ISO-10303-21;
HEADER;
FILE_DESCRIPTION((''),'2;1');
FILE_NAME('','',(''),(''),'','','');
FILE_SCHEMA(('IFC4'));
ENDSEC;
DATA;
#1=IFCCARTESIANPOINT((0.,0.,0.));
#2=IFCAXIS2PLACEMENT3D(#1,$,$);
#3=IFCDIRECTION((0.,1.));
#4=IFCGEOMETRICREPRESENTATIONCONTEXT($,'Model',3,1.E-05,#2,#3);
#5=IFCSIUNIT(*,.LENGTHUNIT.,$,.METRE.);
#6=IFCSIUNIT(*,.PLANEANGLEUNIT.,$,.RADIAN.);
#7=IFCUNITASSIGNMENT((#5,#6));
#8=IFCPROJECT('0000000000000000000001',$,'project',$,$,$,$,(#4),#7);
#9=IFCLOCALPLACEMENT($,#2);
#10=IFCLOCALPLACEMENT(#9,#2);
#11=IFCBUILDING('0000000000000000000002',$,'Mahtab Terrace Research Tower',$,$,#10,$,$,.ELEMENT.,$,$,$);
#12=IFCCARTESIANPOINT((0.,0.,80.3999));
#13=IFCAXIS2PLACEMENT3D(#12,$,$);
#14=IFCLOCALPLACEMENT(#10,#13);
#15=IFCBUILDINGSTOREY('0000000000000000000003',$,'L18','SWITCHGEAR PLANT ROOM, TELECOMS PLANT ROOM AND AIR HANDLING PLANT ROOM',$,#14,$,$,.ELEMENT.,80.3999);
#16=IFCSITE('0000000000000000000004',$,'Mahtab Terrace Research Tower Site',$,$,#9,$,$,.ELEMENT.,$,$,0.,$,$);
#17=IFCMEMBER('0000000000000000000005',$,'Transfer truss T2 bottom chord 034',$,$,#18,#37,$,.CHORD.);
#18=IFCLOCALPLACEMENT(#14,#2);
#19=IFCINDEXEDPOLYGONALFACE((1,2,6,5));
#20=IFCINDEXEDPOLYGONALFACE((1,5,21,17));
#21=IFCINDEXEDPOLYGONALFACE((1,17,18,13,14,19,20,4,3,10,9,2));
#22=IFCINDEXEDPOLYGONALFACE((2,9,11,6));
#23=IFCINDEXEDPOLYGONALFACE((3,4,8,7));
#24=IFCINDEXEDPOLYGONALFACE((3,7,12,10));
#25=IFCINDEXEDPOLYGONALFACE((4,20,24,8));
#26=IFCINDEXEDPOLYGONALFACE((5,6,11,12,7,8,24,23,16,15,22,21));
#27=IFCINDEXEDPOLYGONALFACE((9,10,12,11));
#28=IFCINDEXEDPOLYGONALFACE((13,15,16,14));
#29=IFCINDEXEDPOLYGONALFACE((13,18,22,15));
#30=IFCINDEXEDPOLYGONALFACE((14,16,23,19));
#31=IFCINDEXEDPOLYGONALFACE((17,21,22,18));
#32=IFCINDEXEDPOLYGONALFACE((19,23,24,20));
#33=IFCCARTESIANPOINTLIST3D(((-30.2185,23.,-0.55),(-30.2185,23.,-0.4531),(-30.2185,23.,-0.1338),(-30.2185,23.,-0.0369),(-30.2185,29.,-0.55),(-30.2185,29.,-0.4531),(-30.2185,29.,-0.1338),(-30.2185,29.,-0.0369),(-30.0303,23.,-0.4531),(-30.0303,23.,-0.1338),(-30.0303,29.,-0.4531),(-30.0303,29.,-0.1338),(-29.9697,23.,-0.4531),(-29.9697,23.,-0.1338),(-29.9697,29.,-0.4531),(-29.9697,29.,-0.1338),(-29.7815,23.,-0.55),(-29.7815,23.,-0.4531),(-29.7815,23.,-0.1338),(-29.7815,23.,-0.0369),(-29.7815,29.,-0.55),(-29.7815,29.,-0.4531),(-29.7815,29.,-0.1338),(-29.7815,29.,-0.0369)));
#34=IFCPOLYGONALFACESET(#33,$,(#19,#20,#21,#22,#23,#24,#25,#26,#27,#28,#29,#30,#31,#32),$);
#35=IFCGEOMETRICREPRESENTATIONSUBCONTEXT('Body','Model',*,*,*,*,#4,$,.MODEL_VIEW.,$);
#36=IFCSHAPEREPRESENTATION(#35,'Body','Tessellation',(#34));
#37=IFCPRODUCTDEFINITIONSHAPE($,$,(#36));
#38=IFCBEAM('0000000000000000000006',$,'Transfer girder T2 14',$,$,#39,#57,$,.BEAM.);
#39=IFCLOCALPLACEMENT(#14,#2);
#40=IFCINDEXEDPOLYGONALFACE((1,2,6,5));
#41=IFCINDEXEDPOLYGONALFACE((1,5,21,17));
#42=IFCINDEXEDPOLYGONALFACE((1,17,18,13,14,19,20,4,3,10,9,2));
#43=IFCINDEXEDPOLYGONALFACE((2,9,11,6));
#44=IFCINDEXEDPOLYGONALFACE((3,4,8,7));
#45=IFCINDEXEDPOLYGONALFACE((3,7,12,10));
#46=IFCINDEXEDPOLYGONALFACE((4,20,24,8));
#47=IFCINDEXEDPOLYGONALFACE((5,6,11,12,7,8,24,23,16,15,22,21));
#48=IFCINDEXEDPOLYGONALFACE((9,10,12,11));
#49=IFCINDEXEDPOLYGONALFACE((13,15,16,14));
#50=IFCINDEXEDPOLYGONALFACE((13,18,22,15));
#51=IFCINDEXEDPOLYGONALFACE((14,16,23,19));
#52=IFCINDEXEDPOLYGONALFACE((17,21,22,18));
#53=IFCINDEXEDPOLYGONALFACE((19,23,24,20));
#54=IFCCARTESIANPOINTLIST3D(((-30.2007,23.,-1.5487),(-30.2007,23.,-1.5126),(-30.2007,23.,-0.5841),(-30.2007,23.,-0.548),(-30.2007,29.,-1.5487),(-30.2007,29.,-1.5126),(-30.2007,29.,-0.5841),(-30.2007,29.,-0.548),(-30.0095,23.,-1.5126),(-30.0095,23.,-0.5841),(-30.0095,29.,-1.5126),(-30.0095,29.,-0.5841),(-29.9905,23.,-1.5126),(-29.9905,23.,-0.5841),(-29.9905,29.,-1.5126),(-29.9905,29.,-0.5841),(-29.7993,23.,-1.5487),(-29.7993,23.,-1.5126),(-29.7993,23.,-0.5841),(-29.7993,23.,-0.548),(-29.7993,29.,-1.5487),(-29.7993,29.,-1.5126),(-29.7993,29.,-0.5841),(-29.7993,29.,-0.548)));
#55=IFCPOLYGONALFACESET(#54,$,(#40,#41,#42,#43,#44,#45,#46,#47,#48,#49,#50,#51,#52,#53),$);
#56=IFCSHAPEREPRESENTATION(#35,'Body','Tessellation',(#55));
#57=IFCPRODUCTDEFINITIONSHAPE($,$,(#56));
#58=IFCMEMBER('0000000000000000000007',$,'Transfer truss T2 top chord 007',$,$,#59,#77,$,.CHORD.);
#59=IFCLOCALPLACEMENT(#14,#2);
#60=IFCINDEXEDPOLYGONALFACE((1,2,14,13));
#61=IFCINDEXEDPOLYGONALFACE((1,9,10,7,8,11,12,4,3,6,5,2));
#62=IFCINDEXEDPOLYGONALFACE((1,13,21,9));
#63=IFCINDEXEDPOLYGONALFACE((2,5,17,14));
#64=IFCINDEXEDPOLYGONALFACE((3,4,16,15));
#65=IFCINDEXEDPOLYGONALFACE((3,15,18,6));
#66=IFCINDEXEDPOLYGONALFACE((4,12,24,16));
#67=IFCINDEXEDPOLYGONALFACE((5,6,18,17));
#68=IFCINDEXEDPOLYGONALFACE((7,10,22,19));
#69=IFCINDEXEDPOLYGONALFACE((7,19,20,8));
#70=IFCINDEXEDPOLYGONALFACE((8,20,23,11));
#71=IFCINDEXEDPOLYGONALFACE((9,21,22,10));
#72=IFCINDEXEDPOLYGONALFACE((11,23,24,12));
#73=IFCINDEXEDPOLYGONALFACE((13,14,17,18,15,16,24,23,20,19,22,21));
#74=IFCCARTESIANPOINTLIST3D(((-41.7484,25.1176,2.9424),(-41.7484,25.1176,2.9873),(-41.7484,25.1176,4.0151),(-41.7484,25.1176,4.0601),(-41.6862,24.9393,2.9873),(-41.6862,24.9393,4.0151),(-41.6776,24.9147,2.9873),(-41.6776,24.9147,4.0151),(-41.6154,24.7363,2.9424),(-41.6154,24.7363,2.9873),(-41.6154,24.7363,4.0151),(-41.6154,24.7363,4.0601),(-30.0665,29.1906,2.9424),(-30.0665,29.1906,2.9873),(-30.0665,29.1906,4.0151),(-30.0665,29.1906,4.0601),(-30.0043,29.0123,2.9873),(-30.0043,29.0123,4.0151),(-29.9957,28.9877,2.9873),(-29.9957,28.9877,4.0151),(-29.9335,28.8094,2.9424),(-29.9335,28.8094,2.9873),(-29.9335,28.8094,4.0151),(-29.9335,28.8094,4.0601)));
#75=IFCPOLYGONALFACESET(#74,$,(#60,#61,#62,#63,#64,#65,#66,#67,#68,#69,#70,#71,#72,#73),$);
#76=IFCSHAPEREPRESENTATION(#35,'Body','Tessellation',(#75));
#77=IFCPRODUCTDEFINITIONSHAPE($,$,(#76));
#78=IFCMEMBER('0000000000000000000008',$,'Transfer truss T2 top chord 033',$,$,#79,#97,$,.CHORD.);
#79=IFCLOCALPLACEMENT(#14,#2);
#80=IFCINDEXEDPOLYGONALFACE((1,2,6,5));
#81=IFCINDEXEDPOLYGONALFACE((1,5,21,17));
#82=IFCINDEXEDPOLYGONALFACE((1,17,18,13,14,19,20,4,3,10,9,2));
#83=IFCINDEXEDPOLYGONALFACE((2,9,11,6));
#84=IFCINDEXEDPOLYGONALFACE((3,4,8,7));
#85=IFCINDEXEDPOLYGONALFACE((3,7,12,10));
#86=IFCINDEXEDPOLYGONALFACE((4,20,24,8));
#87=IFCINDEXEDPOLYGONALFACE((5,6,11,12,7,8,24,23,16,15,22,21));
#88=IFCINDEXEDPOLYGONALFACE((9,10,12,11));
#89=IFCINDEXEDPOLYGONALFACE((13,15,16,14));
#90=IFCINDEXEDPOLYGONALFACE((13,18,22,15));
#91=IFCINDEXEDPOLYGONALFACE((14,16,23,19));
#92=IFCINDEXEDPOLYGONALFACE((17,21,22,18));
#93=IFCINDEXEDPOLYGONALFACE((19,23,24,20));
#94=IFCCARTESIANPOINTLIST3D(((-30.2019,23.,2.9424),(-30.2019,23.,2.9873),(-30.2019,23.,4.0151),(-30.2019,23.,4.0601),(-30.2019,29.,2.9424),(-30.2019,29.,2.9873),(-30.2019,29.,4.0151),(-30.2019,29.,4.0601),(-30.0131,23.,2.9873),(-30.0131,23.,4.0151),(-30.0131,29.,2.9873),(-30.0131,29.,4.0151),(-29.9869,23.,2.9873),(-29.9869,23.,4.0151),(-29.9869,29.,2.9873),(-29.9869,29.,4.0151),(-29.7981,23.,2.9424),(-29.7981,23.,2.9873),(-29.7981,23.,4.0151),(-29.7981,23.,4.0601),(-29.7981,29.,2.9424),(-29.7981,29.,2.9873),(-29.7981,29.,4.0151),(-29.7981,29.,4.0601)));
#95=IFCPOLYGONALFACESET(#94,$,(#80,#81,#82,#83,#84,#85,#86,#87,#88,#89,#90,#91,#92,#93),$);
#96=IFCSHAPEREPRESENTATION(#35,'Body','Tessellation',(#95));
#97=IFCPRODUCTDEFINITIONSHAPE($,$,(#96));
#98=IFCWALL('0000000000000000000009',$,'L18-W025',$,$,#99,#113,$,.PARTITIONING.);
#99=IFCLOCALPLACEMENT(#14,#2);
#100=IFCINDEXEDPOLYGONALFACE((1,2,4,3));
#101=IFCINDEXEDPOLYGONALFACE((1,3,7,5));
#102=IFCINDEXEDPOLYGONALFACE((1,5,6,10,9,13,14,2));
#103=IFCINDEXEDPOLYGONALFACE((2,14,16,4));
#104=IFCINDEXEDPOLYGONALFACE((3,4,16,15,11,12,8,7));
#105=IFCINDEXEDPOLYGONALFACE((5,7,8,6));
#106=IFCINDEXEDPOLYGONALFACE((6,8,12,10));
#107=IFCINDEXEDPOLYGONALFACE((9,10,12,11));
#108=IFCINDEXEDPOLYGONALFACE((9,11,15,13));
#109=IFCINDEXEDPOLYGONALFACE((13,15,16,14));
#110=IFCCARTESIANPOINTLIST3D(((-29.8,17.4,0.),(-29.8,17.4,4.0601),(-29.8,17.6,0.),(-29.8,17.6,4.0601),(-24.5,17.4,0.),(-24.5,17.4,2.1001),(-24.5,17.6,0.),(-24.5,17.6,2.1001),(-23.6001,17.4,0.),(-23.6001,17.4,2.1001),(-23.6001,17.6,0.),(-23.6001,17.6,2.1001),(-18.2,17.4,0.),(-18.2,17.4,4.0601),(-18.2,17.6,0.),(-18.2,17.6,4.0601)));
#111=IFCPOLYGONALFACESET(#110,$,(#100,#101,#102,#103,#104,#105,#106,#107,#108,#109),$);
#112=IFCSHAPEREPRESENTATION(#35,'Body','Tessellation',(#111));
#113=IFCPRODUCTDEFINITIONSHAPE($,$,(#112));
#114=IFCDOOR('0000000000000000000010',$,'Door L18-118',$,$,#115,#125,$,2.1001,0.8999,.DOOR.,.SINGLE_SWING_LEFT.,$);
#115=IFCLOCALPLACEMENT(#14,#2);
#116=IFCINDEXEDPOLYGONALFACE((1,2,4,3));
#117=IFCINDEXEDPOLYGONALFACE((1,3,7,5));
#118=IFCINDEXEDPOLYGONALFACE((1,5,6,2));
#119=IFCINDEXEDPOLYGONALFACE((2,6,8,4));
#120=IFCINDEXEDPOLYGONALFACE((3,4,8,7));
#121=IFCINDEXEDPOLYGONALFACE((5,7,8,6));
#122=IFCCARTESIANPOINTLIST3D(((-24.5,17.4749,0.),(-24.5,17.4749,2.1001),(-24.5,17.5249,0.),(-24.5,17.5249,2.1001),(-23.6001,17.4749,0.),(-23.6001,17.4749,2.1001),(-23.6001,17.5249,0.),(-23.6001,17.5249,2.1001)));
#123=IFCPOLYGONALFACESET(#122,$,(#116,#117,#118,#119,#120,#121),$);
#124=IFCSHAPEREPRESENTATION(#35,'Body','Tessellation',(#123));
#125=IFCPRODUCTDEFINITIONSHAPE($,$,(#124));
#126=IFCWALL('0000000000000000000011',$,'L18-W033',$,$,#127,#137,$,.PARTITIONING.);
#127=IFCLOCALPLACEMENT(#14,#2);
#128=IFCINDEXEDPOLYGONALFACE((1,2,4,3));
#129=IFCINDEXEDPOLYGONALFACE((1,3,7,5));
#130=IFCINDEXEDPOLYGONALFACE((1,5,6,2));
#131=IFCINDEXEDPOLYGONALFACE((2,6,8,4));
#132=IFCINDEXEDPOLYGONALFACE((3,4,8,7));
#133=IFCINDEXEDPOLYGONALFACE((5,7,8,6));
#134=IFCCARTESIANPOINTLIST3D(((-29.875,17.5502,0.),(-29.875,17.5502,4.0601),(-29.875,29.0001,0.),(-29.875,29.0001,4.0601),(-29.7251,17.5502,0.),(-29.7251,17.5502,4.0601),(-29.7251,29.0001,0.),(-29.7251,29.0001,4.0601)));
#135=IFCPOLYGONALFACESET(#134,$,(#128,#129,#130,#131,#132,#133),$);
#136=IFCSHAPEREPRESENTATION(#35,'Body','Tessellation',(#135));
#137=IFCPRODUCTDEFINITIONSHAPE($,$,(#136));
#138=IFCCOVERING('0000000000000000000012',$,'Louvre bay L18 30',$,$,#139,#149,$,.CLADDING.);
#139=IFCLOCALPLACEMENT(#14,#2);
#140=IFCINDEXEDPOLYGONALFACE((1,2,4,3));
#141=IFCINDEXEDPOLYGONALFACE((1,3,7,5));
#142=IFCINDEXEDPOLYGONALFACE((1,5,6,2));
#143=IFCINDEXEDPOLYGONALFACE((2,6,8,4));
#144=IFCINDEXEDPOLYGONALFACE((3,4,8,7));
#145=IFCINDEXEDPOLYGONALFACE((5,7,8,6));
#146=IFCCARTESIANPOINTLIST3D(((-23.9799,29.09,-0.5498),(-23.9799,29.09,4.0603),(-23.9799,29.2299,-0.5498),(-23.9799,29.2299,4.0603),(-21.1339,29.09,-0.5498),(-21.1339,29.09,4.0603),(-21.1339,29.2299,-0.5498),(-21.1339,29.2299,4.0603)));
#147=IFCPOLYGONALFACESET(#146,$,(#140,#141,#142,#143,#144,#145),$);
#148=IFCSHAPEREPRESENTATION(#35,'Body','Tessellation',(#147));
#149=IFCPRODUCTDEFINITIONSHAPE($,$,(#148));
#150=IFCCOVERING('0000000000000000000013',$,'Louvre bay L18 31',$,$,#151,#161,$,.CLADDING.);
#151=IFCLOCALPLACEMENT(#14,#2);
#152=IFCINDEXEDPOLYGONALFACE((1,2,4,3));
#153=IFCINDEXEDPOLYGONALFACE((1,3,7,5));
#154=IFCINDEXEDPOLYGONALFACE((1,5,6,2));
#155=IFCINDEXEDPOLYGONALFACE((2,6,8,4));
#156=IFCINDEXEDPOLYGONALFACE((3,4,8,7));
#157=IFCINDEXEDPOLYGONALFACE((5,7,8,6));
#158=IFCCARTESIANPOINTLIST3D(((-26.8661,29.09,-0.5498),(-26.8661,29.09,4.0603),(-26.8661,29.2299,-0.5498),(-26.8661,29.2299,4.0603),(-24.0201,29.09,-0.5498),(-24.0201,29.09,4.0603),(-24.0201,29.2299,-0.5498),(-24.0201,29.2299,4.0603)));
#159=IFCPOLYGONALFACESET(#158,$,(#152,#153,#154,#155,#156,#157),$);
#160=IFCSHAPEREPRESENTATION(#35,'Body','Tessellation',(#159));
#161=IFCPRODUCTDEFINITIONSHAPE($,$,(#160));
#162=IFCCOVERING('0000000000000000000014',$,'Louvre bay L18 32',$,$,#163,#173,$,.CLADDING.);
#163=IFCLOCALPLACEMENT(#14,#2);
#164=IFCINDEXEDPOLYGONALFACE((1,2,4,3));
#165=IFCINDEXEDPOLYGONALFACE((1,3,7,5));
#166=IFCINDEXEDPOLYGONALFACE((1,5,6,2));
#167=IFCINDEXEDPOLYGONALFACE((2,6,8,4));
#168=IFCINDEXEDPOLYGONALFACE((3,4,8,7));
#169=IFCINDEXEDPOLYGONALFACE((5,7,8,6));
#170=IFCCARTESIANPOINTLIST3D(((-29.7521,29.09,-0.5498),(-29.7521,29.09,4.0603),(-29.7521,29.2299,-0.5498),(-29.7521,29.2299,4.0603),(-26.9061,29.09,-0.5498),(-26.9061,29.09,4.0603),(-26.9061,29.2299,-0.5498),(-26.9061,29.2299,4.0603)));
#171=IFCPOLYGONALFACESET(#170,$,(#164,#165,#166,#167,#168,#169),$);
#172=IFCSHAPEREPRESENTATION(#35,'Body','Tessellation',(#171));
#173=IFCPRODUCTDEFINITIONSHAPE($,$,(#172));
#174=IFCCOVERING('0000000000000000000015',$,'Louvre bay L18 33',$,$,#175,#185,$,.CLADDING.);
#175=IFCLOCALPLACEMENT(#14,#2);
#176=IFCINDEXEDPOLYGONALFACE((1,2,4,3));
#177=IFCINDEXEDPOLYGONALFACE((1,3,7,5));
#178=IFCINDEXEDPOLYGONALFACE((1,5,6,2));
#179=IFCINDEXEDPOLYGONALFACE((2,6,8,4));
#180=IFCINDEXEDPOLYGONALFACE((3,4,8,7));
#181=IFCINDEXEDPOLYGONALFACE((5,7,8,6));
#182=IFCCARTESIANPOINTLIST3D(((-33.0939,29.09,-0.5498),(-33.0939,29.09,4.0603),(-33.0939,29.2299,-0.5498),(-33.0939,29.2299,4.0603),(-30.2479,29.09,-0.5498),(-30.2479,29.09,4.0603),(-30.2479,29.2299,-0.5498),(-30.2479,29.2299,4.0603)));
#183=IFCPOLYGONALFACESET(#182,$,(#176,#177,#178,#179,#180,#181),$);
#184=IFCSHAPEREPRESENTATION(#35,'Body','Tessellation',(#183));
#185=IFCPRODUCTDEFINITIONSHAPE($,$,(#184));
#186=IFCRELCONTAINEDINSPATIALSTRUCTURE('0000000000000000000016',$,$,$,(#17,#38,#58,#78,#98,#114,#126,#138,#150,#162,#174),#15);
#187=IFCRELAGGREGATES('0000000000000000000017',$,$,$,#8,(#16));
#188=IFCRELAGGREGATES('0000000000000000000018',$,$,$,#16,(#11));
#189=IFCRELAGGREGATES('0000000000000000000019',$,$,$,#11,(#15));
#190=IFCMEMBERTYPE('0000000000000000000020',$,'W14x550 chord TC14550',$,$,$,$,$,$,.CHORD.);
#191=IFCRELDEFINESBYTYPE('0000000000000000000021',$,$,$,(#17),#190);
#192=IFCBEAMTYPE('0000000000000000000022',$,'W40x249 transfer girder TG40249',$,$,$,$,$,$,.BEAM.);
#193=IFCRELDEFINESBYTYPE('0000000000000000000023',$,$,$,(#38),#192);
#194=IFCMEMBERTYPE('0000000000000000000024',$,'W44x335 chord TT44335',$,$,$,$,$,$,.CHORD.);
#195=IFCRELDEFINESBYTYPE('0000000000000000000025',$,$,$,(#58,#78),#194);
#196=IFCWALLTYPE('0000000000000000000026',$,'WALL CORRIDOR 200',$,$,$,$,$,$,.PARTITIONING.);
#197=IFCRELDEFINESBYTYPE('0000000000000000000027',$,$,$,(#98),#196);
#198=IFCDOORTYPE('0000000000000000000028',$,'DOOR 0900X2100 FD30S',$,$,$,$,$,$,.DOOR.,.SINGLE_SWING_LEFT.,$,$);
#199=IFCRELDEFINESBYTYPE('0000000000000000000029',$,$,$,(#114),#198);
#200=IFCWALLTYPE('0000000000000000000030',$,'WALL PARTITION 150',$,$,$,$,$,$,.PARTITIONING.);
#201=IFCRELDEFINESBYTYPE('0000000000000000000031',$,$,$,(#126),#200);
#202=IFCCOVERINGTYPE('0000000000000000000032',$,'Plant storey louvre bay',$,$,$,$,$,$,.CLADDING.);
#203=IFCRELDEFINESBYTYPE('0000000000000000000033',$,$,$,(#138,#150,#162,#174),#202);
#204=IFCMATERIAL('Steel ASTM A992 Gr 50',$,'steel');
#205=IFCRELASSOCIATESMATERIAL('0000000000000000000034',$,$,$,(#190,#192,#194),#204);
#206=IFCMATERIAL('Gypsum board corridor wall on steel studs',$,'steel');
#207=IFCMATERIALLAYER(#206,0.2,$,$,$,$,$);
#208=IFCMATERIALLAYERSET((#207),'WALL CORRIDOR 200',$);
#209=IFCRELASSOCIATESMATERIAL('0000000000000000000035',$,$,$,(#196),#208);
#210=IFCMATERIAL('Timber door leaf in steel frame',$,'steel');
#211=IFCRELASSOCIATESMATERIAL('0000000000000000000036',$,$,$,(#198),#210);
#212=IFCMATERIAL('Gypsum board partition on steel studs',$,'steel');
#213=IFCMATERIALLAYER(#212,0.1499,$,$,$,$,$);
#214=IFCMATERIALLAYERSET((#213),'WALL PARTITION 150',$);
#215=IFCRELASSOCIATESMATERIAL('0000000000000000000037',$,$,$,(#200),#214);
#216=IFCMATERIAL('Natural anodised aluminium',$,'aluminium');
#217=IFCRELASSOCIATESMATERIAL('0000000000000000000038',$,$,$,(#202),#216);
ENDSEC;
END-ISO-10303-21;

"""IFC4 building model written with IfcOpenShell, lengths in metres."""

from ifc_helpers import new_model, si_unit, direction, frame, frame_2d, origin, origin_2d, place, context, subcontext, project, spatial, rectangle, i_section, extrude, material, layer, layer_set, material_profile, profile_set, type_object, element, fill, save


model = new_model("IFC4")

# Units and contexts
model_context = context("Model", 3, precision=1e-05, world=origin(), true_north=direction((0.0, 1.0)))
body_context = subcontext(model_context, "Body", "Model", "MODEL_VIEW")
ifc_project = project(units=[si_unit("LENGTHUNIT", "METRE"), si_unit("PLANEANGLEUNIT", "RADIAN")], contexts=[model_context])

# Site, building, storey
site_placement = place(None, origin())
site = spatial("IfcSite", under=ifc_project, at=site_placement, Name="Mahtab Terrace Research Tower Site", CompositionType="ELEMENT", RefElevation=0.0)
building_placement = place(site_placement, origin())
building = spatial("IfcBuilding", under=site, at=building_placement, Name="Mahtab Terrace Research Tower", CompositionType="ELEMENT")
storey_placement = place(building_placement, frame((0.0, 0.0, 80.3999)))
storey = spatial("IfcBuildingStorey", under=building, at=storey_placement, Name="L18", Description="SWITCHGEAR PLANT ROOM, TELECOMS PLANT ROOM AND AIR HANDLING PLANT ROOM", CompositionType="ELEMENT", Elevation=80.3999)

# Shared definitions
ifc_material_1 = material(Name="Steel ASTM A992 Gr 50", Category="steel")

# Member
ifc_material_profile_1 = material_profile(ifc_material_1, i_section(OverallWidth=0.437, OverallDepth=0.5132, WebThickness=0.0605, FlangeThickness=0.0969, at=origin_2d()), Name="W14X550")
ifc_profile_set_1 = profile_set([ifc_material_profile_1], Name="Steel ASTM A992 Gr 50")
member_type_1 = type_object("IfcMemberType", Name="W14x550 chord TC14550", PredefinedType="CHORD", material=ifc_profile_set_1)
member_1_placement = place(storey_placement, frame((-30.0, 23.0, -0.2935), z_axis=(0.0, 1.0, 0.0), x_axis=(-1.0, 0.0, 0.0)))
element("IfcMember", 1, at=member_1_placement, inside=storey, type_object=member_type_1, Name="Transfer truss T2 bottom chord 034", PredefinedType="CHORD", context=body_context, shape_type="SweptSolid", body=[
    extrude(i_section(OverallWidth=0.437, OverallDepth=0.5132, WebThickness=0.0605, FlangeThickness=0.0969, at=origin_2d()), origin(), (0.0, 0.0, 1.0), 6.0),
])

# Beam
ifc_material_profile_2 = material_profile(ifc_material_1, i_section(OverallWidth=0.4014, OverallDepth=1.0007, WebThickness=0.019, FlangeThickness=0.0361, at=origin_2d()), Name="W40X249")
ifc_profile_set_2 = profile_set([ifc_material_profile_2], Name="Steel ASTM A992 Gr 50")
beam_type = type_object("IfcBeamType", Name="W40x249 transfer girder TG40249", PredefinedType="BEAM", material=ifc_profile_set_2)
beam_placement = place(storey_placement, frame((-30.0, 23.0, -1.0483), z_axis=(0.0, 1.0, 0.0), x_axis=(-1.0, 0.0, 0.0)))
element("IfcBeam", 2, at=beam_placement, inside=storey, type_object=beam_type, Name="Transfer girder T2 14", PredefinedType="BEAM", context=body_context, shape_type="SweptSolid", body=[
    extrude(i_section(OverallWidth=0.4014, OverallDepth=1.0007, WebThickness=0.019, FlangeThickness=0.0361, at=origin_2d()), origin(), (0.0, 0.0, 1.0), 6.0),
])

# Members
ifc_material_profile_3 = material_profile(ifc_material_1, i_section(OverallWidth=0.4038, OverallDepth=1.1177, WebThickness=0.0261, FlangeThickness=0.0449, at=origin_2d()), Name="W44X335")
ifc_profile_set_3 = profile_set([ifc_material_profile_3], Name="Steel ASTM A992 Gr 50")
member_type_2 = type_object("IfcMemberType", Name="W44x335 chord TT44335", PredefinedType="CHORD", material=ifc_profile_set_3)
member_2_placement = place(storey_placement, frame((-30.0, 29.0, 3.5012), z_axis=(-0.944252, -0.329222, 0.0), x_axis=(0.329222, -0.944252, 0.0)))
element("IfcMember", 3, at=member_2_placement, inside=storey, type_object=member_type_2, Name="Transfer truss T2 top chord 007", PredefinedType="CHORD", context=body_context, shape_type="SweptSolid", body=[
    extrude(i_section(OverallWidth=0.4038, OverallDepth=1.1177, WebThickness=0.0261, FlangeThickness=0.0449, at=origin_2d()), origin(), (0.0, 0.0, 1.0), 12.3716),
])
member_3_placement = place(storey_placement, frame((-30.0, 23.0, 3.5012), z_axis=(0.0, 1.0, 0.0), x_axis=(-1.0, 0.0, 0.0)))
element("IfcMember", 4, at=member_3_placement, inside=storey, type_object=member_type_2, Name="Transfer truss T2 top chord 033", PredefinedType="CHORD", context=body_context, shape_type="SweptSolid", body=[
    extrude(i_section(OverallWidth=0.4038, OverallDepth=1.1177, WebThickness=0.0261, FlangeThickness=0.0449, at=origin_2d()), origin(), (0.0, 0.0, 1.0), 6.0),
])

# Wall, opening, door
ifc_material_2 = material(Name="Gypsum board corridor wall on steel studs", Category="steel")
ifc_layer_1 = layer(ifc_material_2, 0.2)
ifc_layer_set_1 = layer_set([ifc_layer_1], Name="WALL CORRIDOR 200")
wall_type_1 = type_object("IfcWallType", Name="WALL CORRIDOR 200", PredefinedType="PARTITIONING", material=ifc_layer_set_1)
wall_1_placement = place(storey_placement, frame((-29.8, 17.5, 0.0), z_axis=(0.0, 0.0, 1.0), x_axis=(1.0, 0.0, 0.0)))
wall_1 = element("IfcWall", 5, at=wall_1_placement, inside=storey, type_object=wall_type_1, Name="L18-W025", PredefinedType="PARTITIONING", context=body_context, shape_type="SweptSolid", body=[
    extrude(rectangle(XDim=11.6001, YDim=0.2, at=frame_2d((5.8, 0.0))), origin(), (0.0, 0.0, 1.0), 4.0601),
])
opening_placement = place(wall_1_placement, frame((5.3, 0.0, 0.0)))
opening = element("IfcOpeningElement", 6, at=opening_placement, cuts=wall_1, PredefinedType="OPENING", context=body_context, shape_type="SweptSolid", body=[
    extrude(rectangle(XDim=0.8999, YDim=2.1001, at=frame_2d((0.45, 1.05))), frame((0.0, 0.1099, 0.0), z_axis=(0.0, -1.0, 0.0), x_axis=(1.0, 0.0, 0.0)), (0.0, 0.0, 1.0), 0.22),
])
ifc_material_3 = material(Name="Timber door leaf in steel frame", Category="steel")
door_type = type_object("IfcDoorType", Name="DOOR 0900X2100 FD30S", OperationType="SINGLE_SWING_LEFT", PredefinedType="DOOR", material=ifc_material_3)
door_placement = place(opening_placement, origin())
door = element("IfcDoor", 7, at=door_placement, inside=storey, type_object=door_type, Name="Door L18-118", OperationType="SINGLE_SWING_LEFT", OverallHeight=2.1001, OverallWidth=0.8999, PredefinedType="DOOR", context=body_context, shape_type="SweptSolid", body=[
    extrude(rectangle(XDim=0.8999, YDim=2.1001, at=frame_2d((0.45, 1.05))), frame((0.0, 0.0249, 0.0), z_axis=(0.0, -1.0, 0.0), x_axis=(1.0, 0.0, 0.0)), (0.0, 0.0, 1.0), 0.05),
])
fill(opening, door)

# Wall
ifc_material_4 = material(Name="Gypsum board partition on steel studs", Category="steel")
ifc_layer_2 = layer(ifc_material_4, 0.1499)
ifc_layer_set_2 = layer_set([ifc_layer_2], Name="WALL PARTITION 150")
wall_type_2 = type_object("IfcWallType", Name="WALL PARTITION 150", PredefinedType="PARTITIONING", material=ifc_layer_set_2)
wall_2_placement = place(storey_placement, frame((-29.8, 17.55, 0.0), z_axis=(0.0, 0.0, 1.0), x_axis=(0.0, 1.0, 0.0)))
element("IfcWall", 8, at=wall_2_placement, inside=storey, type_object=wall_type_2, Name="L18-W033", PredefinedType="PARTITIONING", context=body_context, shape_type="SweptSolid", body=[
    extrude(rectangle(XDim=11.45, YDim=0.1499, at=frame_2d((5.7251, 0.0))), origin(), (0.0, 0.0, 1.0), 4.0601),
])

# Coverings
ifc_material_5 = material(Name="Natural anodised aluminium", Category="aluminium")
covering_type = type_object("IfcCoveringType", Name="Plant storey louvre bay", PredefinedType="CLADDING", material=ifc_material_5)
for number, where, z_axis, x_axis, name in (
    (9, (-22.5569, 29.1599, -0.5498), (0.0, 0.0, 1.0), (-1.0, 0.0, 0.0), "Louvre bay L18 30"),
    (10, (-25.4431, 29.1599, -0.5498), (0.0, 0.0, 1.0), (-1.0, 0.0, 0.0), "Louvre bay L18 31"),
    (11, (-28.3291, 29.1599, -0.5498), (0.0, 0.0, 1.0), (-1.0, 0.0, 0.0), "Louvre bay L18 32"),
    (12, (-31.6709, 29.1599, -0.5498), (0.0, 0.0, 1.0), (-1.0, 0.0, 0.0), "Louvre bay L18 33"),
):
    element("IfcCovering", number, at=place(storey_placement, frame(where, z_axis=z_axis, x_axis=x_axis)), inside=storey, type_object=covering_type, Name=name, PredefinedType="CLADDING", context=body_context, shape_type="SweptSolid", body=[
        extrude(rectangle(XDim=2.8459, YDim=0.1399, at=origin_2d()), origin(), (0.0, 0.0, 1.0), 4.6101),
    ])

save(model, "model.ifc")
